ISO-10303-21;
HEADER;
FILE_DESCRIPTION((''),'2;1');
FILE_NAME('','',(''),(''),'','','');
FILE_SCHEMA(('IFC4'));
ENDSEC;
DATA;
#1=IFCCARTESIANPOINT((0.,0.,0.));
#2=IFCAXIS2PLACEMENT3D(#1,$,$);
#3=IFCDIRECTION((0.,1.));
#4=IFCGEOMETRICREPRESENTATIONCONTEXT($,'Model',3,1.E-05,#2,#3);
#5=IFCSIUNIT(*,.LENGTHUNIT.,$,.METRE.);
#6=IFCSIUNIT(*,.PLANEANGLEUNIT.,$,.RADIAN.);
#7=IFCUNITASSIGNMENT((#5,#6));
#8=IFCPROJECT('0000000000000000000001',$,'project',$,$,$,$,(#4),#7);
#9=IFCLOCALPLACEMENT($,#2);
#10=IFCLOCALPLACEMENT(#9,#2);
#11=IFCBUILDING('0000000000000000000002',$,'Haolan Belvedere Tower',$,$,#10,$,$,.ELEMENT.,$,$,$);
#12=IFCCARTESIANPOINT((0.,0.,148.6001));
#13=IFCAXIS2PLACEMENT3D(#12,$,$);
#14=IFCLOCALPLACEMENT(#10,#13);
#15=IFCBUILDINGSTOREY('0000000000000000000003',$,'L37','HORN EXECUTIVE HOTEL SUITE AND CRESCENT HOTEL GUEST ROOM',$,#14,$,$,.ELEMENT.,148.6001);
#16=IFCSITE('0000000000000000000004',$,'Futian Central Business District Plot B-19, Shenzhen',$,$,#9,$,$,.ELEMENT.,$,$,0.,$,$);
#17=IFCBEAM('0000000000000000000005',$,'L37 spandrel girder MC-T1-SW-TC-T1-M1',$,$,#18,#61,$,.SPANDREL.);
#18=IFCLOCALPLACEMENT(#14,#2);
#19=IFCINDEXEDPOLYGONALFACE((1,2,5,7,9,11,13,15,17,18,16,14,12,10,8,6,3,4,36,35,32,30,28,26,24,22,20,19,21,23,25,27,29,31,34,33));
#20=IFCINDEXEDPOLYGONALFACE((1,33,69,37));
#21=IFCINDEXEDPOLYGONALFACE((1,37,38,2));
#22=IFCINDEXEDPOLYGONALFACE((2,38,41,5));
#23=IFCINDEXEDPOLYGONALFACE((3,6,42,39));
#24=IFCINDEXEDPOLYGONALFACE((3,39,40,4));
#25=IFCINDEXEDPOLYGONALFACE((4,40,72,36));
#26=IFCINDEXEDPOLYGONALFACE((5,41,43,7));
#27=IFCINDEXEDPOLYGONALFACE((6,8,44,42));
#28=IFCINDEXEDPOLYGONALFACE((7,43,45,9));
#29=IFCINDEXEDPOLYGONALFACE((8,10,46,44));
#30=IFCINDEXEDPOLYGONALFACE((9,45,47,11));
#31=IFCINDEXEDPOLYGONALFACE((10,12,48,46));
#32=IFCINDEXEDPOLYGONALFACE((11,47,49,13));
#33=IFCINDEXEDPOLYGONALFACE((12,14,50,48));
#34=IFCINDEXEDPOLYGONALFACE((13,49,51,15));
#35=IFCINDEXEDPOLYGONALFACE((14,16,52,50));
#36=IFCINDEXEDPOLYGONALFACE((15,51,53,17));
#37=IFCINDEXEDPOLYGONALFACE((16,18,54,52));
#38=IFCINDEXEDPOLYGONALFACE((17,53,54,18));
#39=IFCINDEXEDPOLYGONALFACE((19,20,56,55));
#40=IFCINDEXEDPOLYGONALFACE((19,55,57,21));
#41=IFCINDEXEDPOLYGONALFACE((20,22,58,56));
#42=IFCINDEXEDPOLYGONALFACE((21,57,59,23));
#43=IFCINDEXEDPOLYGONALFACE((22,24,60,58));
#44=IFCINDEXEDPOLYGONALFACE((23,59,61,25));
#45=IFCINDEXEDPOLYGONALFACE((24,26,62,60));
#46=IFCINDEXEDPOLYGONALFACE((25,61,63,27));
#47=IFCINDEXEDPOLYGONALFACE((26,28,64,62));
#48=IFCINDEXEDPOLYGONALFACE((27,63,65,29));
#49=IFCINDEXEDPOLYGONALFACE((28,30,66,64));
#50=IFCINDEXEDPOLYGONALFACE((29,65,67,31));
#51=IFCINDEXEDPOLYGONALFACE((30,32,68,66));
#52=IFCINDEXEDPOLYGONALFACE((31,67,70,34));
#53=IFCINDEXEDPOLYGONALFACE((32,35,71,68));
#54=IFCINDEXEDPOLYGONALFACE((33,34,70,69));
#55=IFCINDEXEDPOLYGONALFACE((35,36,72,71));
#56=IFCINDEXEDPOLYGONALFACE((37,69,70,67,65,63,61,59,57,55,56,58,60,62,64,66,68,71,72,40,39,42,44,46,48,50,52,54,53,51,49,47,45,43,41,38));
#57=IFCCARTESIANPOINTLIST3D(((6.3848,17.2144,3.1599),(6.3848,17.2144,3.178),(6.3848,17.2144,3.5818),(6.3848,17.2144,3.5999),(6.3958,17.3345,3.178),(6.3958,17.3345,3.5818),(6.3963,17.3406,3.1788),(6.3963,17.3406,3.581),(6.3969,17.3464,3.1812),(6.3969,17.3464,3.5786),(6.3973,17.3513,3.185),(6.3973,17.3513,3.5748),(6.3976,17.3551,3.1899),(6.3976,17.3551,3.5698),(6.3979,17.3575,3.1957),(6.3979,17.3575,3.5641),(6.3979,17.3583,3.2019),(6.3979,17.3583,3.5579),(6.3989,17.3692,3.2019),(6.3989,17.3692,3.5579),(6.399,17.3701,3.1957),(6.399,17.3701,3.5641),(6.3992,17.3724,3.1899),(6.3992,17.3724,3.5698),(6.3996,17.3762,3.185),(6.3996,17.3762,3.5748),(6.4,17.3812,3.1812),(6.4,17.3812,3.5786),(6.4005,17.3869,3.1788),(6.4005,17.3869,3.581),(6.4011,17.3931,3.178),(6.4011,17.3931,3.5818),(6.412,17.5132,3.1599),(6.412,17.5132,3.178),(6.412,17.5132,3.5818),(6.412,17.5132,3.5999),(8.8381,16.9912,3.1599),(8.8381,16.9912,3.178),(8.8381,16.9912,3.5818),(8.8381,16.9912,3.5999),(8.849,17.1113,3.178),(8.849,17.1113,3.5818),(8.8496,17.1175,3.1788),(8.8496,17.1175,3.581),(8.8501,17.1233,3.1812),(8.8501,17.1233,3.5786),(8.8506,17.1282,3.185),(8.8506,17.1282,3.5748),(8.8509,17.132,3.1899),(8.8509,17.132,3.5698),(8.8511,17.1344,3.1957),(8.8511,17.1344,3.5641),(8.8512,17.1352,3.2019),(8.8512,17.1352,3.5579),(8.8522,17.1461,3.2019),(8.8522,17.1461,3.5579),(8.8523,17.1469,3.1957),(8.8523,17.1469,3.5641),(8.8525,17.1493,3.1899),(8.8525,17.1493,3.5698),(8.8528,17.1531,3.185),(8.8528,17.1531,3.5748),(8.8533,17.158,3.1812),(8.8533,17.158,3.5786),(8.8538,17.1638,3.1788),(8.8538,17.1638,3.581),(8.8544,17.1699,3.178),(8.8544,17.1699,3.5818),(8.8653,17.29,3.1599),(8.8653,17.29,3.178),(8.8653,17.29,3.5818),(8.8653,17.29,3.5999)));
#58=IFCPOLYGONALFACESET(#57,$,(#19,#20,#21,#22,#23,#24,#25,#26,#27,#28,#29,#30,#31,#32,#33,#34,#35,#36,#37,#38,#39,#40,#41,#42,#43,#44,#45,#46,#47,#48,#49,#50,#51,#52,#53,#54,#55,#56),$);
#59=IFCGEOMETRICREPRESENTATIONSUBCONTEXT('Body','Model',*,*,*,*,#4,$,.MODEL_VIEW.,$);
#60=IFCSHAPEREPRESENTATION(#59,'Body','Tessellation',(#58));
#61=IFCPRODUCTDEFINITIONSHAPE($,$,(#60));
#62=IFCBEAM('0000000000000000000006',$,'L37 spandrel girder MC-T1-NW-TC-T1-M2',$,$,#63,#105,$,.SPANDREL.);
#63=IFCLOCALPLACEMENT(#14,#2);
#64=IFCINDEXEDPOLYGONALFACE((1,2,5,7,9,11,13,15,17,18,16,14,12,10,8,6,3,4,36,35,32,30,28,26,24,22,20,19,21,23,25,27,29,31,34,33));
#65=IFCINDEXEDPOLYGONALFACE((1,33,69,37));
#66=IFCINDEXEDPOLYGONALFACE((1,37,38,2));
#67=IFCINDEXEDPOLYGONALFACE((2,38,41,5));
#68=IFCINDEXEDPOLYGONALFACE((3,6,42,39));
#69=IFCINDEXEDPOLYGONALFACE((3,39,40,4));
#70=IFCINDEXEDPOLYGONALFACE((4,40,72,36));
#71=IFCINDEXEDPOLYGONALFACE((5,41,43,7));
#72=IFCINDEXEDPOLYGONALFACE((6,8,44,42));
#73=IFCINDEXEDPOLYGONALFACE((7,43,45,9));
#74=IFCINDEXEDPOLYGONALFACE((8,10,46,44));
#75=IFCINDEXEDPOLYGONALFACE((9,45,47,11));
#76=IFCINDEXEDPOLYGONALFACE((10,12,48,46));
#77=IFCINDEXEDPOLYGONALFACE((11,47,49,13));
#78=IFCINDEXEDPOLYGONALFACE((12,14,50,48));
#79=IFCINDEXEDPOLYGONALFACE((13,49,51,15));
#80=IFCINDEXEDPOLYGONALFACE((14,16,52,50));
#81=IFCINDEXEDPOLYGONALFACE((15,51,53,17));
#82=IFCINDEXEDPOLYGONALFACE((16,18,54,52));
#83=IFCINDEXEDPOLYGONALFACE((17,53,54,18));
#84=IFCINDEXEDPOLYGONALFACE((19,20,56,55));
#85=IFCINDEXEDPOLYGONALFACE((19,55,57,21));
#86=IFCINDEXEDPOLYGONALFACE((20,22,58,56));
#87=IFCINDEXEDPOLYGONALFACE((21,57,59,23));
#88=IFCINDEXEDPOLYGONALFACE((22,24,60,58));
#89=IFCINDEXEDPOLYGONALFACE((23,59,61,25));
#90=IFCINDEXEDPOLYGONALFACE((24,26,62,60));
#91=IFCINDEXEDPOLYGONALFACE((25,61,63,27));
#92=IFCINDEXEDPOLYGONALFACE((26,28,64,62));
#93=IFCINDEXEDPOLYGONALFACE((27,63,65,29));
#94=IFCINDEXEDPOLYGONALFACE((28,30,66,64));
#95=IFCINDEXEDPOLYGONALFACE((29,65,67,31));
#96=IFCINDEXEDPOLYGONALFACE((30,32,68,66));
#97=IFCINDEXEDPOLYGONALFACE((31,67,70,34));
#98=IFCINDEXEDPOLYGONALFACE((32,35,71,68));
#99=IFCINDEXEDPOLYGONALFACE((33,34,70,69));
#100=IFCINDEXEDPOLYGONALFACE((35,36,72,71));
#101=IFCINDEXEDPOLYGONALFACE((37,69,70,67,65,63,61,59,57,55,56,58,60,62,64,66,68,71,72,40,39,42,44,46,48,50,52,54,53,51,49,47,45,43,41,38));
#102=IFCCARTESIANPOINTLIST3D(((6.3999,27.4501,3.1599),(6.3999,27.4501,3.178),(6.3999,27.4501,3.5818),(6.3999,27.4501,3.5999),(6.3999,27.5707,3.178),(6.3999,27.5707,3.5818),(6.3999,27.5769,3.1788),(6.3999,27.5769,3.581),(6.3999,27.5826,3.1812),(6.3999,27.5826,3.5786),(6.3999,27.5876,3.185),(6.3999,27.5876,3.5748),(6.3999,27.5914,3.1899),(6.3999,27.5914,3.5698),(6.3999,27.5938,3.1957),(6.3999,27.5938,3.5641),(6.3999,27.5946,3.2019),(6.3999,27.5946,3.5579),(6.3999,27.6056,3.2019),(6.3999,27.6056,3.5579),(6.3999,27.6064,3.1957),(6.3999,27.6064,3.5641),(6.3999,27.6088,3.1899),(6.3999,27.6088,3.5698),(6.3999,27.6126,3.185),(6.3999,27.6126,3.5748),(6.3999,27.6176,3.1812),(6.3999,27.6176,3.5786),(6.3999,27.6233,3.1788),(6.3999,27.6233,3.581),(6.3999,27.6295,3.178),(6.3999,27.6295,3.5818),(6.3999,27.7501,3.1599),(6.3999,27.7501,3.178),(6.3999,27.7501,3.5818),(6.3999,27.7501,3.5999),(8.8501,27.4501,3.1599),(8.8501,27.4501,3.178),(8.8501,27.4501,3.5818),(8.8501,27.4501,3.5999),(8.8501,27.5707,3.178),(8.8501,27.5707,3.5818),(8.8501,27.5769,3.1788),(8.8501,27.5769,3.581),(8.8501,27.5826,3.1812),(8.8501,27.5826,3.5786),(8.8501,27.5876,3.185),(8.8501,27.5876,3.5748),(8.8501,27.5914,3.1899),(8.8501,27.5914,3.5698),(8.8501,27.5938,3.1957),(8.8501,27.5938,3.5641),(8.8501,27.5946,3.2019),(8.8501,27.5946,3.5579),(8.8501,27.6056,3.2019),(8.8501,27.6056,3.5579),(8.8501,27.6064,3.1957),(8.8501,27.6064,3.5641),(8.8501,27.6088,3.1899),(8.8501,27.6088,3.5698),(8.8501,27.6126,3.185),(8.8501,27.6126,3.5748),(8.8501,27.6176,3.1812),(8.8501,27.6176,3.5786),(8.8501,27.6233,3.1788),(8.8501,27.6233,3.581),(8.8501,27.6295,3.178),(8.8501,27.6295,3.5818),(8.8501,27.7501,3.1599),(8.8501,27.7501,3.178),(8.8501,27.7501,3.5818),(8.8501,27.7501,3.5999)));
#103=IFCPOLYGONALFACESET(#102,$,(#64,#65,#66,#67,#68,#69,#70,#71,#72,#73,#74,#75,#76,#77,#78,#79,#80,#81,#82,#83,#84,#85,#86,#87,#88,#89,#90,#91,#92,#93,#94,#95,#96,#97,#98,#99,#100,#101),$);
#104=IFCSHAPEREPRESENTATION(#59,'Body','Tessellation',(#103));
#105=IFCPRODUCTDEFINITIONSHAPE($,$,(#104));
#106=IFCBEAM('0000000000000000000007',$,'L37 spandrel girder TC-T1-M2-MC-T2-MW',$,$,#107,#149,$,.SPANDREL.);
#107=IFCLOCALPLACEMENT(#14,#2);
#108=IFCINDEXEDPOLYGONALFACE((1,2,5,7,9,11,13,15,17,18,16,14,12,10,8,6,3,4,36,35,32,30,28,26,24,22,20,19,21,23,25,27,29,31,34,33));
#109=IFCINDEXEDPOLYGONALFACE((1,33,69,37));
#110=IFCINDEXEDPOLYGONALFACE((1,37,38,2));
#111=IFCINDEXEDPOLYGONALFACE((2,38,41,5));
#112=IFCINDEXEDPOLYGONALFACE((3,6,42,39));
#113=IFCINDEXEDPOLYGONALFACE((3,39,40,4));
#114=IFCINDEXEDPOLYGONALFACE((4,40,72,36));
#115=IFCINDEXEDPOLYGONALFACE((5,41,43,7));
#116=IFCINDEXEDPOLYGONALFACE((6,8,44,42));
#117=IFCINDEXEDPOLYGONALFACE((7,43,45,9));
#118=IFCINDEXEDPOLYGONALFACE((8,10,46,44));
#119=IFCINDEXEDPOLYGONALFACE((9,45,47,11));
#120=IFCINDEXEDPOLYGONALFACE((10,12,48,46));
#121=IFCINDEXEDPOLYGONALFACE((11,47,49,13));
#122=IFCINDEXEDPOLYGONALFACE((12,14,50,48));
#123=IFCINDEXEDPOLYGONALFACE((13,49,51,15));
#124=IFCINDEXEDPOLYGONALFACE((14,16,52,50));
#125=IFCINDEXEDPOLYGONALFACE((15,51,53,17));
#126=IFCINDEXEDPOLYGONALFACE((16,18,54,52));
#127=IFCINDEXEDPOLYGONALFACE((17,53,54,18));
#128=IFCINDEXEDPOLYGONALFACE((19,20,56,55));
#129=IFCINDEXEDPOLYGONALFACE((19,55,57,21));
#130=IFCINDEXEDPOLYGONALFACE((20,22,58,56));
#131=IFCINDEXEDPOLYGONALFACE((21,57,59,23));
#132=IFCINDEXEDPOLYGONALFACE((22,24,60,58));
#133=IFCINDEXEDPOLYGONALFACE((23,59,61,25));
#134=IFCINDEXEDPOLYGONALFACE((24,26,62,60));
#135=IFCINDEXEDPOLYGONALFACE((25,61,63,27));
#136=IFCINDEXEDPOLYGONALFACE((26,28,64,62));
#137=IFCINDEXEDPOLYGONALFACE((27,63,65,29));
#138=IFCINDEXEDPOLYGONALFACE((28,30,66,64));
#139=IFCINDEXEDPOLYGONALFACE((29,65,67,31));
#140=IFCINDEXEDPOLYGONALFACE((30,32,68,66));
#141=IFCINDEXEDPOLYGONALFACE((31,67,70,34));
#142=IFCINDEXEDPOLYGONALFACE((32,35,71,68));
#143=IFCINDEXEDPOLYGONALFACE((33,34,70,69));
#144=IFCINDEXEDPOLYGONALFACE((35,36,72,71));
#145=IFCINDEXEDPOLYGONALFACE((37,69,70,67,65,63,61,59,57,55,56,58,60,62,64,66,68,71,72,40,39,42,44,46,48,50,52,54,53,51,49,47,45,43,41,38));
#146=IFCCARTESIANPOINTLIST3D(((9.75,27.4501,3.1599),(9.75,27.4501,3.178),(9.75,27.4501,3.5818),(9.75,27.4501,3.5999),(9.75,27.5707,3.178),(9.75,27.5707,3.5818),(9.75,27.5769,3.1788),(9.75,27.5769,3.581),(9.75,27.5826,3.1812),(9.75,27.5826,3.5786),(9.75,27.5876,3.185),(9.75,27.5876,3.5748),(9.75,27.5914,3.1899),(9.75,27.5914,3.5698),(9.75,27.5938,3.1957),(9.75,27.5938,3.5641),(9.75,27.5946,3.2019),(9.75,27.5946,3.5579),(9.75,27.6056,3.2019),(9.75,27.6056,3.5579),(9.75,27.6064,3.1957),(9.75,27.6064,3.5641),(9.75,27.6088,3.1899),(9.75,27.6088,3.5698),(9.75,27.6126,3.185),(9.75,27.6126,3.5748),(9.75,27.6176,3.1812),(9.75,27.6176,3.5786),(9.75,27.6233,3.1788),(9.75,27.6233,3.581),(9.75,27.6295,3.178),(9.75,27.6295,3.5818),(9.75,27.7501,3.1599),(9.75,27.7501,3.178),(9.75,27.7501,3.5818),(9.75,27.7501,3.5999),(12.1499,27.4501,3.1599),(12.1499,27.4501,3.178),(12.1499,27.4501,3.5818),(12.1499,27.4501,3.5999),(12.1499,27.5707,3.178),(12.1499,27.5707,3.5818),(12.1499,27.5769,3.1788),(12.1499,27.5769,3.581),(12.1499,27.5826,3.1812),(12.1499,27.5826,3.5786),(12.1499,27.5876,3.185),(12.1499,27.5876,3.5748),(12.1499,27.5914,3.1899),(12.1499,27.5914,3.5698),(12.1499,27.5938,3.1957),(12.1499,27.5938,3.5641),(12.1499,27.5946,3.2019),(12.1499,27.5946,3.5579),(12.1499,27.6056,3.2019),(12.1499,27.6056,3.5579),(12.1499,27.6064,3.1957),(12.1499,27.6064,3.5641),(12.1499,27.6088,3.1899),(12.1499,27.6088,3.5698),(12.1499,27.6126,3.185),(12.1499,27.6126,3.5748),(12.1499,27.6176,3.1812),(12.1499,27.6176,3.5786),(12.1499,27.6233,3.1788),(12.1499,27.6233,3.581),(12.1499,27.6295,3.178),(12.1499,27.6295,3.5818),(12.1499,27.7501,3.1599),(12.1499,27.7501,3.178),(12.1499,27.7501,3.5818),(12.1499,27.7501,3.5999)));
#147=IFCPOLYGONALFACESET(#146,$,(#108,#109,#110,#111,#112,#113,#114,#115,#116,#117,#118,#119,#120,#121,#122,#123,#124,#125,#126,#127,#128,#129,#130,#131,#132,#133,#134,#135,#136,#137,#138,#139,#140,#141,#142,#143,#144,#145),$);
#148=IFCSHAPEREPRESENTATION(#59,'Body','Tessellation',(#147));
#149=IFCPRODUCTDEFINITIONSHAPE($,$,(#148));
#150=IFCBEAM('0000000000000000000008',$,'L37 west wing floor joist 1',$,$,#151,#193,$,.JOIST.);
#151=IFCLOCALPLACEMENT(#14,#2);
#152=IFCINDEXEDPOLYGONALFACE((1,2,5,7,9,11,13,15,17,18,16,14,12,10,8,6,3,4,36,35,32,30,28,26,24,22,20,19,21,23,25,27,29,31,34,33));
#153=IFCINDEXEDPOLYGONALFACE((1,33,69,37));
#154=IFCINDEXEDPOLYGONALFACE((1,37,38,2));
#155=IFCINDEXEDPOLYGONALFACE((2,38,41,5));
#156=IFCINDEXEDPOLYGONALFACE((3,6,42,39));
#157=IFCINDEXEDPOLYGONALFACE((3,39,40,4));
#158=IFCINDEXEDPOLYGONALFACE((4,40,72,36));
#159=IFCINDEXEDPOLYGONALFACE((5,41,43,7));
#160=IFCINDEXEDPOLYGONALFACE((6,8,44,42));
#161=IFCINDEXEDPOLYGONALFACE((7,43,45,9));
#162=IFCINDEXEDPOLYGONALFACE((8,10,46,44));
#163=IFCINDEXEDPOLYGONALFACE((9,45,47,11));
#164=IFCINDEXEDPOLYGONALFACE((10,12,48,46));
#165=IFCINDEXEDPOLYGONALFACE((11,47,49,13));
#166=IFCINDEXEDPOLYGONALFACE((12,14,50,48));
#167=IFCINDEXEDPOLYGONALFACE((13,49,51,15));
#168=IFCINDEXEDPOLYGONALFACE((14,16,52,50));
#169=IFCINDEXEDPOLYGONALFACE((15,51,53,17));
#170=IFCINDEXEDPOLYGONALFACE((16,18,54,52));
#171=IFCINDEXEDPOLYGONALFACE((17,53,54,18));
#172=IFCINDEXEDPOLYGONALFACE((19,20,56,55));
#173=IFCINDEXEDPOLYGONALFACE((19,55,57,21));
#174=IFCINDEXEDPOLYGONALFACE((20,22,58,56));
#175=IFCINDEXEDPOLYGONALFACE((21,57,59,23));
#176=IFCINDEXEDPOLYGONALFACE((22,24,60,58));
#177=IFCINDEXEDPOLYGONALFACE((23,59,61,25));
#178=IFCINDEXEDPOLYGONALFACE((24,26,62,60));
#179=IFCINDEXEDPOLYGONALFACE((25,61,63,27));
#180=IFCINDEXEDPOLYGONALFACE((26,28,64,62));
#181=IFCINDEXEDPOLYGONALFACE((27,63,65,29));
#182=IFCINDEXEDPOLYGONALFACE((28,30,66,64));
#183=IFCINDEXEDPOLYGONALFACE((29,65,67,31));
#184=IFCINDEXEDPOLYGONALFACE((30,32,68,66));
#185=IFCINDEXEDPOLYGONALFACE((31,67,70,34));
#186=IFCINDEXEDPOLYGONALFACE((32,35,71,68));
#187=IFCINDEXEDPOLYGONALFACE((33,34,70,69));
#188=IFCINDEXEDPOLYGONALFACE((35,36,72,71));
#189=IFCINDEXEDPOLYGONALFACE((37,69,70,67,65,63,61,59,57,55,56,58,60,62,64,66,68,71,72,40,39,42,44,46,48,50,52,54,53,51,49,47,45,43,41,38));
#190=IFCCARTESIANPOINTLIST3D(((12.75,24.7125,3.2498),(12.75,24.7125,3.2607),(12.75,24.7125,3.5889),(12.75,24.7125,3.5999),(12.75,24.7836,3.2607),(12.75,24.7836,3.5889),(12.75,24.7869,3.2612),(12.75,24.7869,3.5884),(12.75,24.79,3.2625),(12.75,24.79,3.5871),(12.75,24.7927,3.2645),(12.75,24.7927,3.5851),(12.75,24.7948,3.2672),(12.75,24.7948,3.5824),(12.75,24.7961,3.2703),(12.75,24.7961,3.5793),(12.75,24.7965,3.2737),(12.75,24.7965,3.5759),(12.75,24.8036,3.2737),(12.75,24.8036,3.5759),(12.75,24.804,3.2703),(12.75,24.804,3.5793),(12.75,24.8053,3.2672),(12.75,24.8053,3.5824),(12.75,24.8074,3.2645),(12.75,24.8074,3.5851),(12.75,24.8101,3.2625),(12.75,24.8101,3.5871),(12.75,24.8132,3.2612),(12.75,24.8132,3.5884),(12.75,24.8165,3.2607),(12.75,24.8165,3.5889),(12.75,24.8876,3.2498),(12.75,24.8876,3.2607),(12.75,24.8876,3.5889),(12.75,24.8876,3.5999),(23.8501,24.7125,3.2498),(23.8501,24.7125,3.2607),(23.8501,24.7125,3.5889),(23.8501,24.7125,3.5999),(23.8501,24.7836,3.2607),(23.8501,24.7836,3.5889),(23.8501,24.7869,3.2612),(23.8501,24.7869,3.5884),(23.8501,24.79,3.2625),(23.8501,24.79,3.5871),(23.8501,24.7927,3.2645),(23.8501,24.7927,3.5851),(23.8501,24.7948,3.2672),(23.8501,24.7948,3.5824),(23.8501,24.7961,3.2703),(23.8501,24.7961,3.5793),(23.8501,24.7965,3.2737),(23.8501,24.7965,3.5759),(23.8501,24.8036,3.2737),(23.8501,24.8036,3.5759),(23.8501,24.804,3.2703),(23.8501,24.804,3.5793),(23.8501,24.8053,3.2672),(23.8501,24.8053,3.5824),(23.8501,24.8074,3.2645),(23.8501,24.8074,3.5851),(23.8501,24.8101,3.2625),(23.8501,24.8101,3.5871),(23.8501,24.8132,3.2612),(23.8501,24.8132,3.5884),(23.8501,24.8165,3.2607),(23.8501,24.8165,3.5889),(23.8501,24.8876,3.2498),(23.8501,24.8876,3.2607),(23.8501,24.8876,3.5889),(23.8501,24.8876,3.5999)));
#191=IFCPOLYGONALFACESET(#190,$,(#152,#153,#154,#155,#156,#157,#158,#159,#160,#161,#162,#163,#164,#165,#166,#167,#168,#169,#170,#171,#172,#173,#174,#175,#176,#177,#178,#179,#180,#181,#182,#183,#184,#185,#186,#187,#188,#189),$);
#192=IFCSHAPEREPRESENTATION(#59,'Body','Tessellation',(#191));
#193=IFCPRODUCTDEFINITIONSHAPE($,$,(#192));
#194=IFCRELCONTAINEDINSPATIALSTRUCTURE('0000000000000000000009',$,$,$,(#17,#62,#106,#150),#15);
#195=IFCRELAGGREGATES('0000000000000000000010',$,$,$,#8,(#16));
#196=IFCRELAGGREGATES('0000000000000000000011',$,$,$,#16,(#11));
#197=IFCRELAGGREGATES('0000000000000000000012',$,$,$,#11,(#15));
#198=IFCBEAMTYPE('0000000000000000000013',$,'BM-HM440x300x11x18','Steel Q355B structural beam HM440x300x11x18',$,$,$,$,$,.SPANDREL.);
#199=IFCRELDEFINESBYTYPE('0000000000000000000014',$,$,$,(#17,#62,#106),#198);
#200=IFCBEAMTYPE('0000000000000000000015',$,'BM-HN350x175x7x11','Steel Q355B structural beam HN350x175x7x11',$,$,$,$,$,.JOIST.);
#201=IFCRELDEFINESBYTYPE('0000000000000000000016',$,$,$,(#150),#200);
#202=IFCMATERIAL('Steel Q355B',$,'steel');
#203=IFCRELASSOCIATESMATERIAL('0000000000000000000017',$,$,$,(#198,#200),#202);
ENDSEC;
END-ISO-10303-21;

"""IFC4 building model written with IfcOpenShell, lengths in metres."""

from ifc_helpers import new_model, si_unit, direction, frame, origin, origin_2d, place, context, subcontext, project, spatial, i_section, extrude, material, material_profile, profile_set, type_object, element, save


model = new_model("IFC4")

# Units and contexts
model_context = context("Model", 3, precision=1e-05, world=origin(), true_north=direction((0.0, 1.0)))
body_context = subcontext(model_context, "Body", "Model", "MODEL_VIEW")
ifc_project = project(units=[si_unit("LENGTHUNIT", "METRE"), si_unit("PLANEANGLEUNIT", "RADIAN")], contexts=[model_context])

# Site, building, storey
site_placement = place(None, origin())
site = spatial("IfcSite", under=ifc_project, at=site_placement, Name="Futian Central Business District Plot B-19, Shenzhen", CompositionType="ELEMENT", RefElevation=0.0)
building_placement = place(site_placement, origin())
building = spatial("IfcBuilding", under=site, at=building_placement, Name="Haolan Belvedere Tower", CompositionType="ELEMENT")
storey_placement = place(building_placement, frame((0.0, 0.0, 148.6001)))
storey = spatial("IfcBuildingStorey", under=building, at=storey_placement, Name="L37", Description="HORN EXECUTIVE HOTEL SUITE AND CRESCENT HOTEL GUEST ROOM", CompositionType="ELEMENT", Elevation=148.6001)

# Beams
ifc_material_1 = material(Name="Steel Q355B", Category="steel")
ifc_material_profile_1 = material_profile(ifc_material_1, i_section(OverallWidth=0.3, OverallDepth=0.4399, WebThickness=0.011, FlangeThickness=0.0181, FilletRadius=0.0239, at=origin_2d()), Name="Steel Q355B")
ifc_profile_set_1 = profile_set([ifc_material_profile_1], Name="Steel Q355B")
beam_type_1 = type_object("IfcBeamType", Name="BM-HM440x300x11x18", Description="Steel Q355B structural beam HM440x300x11x18", PredefinedType="SPANDREL", material=ifc_profile_set_1)
beam_1_placement = place(storey_placement, frame((6.3984, 17.3638, 3.3799), z_axis=(0.995889, -0.09058, 0.0), x_axis=(0.09058, 0.995889, 0.0)))
element("IfcBeam", 1, at=beam_1_placement, inside=storey, type_object=beam_type_1, Name="L37 spandrel girder MC-T1-SW-TC-T1-M1", PredefinedType="SPANDREL", context=body_context, shape_type="SweptSolid", body=[
    extrude(i_section(OverallWidth=0.3, OverallDepth=0.4399, WebThickness=0.011, FlangeThickness=0.0181, FilletRadius=0.0239, at=origin_2d()), origin(), (0.0, 0.0, 1.0), 2.4634),
])
beam_2_placement = place(storey_placement, frame((6.3999, 27.6001, 3.3799), z_axis=(1.0, 0.0, 0.0), x_axis=(0.0, 1.0, 0.0)))
element("IfcBeam", 2, at=beam_2_placement, inside=storey, type_object=beam_type_1, Name="L37 spandrel girder MC-T1-NW-TC-T1-M2", PredefinedType="SPANDREL", context=body_context, shape_type="SweptSolid", body=[
    extrude(i_section(OverallWidth=0.3, OverallDepth=0.4399, WebThickness=0.011, FlangeThickness=0.0181, FilletRadius=0.0239, at=origin_2d()), origin(), (0.0, 0.0, 1.0), 2.4502),
])
beam_3_placement = place(storey_placement, frame((9.75, 27.6001, 3.3799), z_axis=(1.0, 0.0, 0.0), x_axis=(0.0, 1.0, 0.0)))
element("IfcBeam", 3, at=beam_3_placement, inside=storey, type_object=beam_type_1, Name="L37 spandrel girder TC-T1-M2-MC-T2-MW", PredefinedType="SPANDREL", context=body_context, shape_type="SweptSolid", body=[
    extrude(i_section(OverallWidth=0.3, OverallDepth=0.4399, WebThickness=0.011, FlangeThickness=0.0181, FilletRadius=0.0239, at=origin_2d()), origin(), (0.0, 0.0, 1.0), 2.3999),
])
ifc_material_profile_2 = material_profile(ifc_material_1, i_section(OverallWidth=0.175, OverallDepth=0.3501, WebThickness=0.0071, FlangeThickness=0.011, FilletRadius=0.0129, at=origin_2d()), Name="Steel Q355B")
ifc_profile_set_2 = profile_set([ifc_material_profile_2], Name="Steel Q355B")
beam_type_2 = type_object("IfcBeamType", Name="BM-HN350x175x7x11", Description="Steel Q355B structural beam HN350x175x7x11", PredefinedType="JOIST", material=ifc_profile_set_2)
beam_4_placement = place(storey_placement, frame((12.75, 24.8, 3.4248), z_axis=(1.0, 0.0, 0.0), x_axis=(0.0, 1.0, 0.0)))
element("IfcBeam", 4, at=beam_4_placement, inside=storey, type_object=beam_type_2, Name="L37 west wing floor joist 1", PredefinedType="JOIST", context=body_context, shape_type="SweptSolid", body=[
    extrude(i_section(OverallWidth=0.175, OverallDepth=0.3501, WebThickness=0.0071, FlangeThickness=0.011, FilletRadius=0.0129, at=origin_2d()), origin(), (0.0, 0.0, 1.0), 11.1001),
])

save(model, "model.ifc")
